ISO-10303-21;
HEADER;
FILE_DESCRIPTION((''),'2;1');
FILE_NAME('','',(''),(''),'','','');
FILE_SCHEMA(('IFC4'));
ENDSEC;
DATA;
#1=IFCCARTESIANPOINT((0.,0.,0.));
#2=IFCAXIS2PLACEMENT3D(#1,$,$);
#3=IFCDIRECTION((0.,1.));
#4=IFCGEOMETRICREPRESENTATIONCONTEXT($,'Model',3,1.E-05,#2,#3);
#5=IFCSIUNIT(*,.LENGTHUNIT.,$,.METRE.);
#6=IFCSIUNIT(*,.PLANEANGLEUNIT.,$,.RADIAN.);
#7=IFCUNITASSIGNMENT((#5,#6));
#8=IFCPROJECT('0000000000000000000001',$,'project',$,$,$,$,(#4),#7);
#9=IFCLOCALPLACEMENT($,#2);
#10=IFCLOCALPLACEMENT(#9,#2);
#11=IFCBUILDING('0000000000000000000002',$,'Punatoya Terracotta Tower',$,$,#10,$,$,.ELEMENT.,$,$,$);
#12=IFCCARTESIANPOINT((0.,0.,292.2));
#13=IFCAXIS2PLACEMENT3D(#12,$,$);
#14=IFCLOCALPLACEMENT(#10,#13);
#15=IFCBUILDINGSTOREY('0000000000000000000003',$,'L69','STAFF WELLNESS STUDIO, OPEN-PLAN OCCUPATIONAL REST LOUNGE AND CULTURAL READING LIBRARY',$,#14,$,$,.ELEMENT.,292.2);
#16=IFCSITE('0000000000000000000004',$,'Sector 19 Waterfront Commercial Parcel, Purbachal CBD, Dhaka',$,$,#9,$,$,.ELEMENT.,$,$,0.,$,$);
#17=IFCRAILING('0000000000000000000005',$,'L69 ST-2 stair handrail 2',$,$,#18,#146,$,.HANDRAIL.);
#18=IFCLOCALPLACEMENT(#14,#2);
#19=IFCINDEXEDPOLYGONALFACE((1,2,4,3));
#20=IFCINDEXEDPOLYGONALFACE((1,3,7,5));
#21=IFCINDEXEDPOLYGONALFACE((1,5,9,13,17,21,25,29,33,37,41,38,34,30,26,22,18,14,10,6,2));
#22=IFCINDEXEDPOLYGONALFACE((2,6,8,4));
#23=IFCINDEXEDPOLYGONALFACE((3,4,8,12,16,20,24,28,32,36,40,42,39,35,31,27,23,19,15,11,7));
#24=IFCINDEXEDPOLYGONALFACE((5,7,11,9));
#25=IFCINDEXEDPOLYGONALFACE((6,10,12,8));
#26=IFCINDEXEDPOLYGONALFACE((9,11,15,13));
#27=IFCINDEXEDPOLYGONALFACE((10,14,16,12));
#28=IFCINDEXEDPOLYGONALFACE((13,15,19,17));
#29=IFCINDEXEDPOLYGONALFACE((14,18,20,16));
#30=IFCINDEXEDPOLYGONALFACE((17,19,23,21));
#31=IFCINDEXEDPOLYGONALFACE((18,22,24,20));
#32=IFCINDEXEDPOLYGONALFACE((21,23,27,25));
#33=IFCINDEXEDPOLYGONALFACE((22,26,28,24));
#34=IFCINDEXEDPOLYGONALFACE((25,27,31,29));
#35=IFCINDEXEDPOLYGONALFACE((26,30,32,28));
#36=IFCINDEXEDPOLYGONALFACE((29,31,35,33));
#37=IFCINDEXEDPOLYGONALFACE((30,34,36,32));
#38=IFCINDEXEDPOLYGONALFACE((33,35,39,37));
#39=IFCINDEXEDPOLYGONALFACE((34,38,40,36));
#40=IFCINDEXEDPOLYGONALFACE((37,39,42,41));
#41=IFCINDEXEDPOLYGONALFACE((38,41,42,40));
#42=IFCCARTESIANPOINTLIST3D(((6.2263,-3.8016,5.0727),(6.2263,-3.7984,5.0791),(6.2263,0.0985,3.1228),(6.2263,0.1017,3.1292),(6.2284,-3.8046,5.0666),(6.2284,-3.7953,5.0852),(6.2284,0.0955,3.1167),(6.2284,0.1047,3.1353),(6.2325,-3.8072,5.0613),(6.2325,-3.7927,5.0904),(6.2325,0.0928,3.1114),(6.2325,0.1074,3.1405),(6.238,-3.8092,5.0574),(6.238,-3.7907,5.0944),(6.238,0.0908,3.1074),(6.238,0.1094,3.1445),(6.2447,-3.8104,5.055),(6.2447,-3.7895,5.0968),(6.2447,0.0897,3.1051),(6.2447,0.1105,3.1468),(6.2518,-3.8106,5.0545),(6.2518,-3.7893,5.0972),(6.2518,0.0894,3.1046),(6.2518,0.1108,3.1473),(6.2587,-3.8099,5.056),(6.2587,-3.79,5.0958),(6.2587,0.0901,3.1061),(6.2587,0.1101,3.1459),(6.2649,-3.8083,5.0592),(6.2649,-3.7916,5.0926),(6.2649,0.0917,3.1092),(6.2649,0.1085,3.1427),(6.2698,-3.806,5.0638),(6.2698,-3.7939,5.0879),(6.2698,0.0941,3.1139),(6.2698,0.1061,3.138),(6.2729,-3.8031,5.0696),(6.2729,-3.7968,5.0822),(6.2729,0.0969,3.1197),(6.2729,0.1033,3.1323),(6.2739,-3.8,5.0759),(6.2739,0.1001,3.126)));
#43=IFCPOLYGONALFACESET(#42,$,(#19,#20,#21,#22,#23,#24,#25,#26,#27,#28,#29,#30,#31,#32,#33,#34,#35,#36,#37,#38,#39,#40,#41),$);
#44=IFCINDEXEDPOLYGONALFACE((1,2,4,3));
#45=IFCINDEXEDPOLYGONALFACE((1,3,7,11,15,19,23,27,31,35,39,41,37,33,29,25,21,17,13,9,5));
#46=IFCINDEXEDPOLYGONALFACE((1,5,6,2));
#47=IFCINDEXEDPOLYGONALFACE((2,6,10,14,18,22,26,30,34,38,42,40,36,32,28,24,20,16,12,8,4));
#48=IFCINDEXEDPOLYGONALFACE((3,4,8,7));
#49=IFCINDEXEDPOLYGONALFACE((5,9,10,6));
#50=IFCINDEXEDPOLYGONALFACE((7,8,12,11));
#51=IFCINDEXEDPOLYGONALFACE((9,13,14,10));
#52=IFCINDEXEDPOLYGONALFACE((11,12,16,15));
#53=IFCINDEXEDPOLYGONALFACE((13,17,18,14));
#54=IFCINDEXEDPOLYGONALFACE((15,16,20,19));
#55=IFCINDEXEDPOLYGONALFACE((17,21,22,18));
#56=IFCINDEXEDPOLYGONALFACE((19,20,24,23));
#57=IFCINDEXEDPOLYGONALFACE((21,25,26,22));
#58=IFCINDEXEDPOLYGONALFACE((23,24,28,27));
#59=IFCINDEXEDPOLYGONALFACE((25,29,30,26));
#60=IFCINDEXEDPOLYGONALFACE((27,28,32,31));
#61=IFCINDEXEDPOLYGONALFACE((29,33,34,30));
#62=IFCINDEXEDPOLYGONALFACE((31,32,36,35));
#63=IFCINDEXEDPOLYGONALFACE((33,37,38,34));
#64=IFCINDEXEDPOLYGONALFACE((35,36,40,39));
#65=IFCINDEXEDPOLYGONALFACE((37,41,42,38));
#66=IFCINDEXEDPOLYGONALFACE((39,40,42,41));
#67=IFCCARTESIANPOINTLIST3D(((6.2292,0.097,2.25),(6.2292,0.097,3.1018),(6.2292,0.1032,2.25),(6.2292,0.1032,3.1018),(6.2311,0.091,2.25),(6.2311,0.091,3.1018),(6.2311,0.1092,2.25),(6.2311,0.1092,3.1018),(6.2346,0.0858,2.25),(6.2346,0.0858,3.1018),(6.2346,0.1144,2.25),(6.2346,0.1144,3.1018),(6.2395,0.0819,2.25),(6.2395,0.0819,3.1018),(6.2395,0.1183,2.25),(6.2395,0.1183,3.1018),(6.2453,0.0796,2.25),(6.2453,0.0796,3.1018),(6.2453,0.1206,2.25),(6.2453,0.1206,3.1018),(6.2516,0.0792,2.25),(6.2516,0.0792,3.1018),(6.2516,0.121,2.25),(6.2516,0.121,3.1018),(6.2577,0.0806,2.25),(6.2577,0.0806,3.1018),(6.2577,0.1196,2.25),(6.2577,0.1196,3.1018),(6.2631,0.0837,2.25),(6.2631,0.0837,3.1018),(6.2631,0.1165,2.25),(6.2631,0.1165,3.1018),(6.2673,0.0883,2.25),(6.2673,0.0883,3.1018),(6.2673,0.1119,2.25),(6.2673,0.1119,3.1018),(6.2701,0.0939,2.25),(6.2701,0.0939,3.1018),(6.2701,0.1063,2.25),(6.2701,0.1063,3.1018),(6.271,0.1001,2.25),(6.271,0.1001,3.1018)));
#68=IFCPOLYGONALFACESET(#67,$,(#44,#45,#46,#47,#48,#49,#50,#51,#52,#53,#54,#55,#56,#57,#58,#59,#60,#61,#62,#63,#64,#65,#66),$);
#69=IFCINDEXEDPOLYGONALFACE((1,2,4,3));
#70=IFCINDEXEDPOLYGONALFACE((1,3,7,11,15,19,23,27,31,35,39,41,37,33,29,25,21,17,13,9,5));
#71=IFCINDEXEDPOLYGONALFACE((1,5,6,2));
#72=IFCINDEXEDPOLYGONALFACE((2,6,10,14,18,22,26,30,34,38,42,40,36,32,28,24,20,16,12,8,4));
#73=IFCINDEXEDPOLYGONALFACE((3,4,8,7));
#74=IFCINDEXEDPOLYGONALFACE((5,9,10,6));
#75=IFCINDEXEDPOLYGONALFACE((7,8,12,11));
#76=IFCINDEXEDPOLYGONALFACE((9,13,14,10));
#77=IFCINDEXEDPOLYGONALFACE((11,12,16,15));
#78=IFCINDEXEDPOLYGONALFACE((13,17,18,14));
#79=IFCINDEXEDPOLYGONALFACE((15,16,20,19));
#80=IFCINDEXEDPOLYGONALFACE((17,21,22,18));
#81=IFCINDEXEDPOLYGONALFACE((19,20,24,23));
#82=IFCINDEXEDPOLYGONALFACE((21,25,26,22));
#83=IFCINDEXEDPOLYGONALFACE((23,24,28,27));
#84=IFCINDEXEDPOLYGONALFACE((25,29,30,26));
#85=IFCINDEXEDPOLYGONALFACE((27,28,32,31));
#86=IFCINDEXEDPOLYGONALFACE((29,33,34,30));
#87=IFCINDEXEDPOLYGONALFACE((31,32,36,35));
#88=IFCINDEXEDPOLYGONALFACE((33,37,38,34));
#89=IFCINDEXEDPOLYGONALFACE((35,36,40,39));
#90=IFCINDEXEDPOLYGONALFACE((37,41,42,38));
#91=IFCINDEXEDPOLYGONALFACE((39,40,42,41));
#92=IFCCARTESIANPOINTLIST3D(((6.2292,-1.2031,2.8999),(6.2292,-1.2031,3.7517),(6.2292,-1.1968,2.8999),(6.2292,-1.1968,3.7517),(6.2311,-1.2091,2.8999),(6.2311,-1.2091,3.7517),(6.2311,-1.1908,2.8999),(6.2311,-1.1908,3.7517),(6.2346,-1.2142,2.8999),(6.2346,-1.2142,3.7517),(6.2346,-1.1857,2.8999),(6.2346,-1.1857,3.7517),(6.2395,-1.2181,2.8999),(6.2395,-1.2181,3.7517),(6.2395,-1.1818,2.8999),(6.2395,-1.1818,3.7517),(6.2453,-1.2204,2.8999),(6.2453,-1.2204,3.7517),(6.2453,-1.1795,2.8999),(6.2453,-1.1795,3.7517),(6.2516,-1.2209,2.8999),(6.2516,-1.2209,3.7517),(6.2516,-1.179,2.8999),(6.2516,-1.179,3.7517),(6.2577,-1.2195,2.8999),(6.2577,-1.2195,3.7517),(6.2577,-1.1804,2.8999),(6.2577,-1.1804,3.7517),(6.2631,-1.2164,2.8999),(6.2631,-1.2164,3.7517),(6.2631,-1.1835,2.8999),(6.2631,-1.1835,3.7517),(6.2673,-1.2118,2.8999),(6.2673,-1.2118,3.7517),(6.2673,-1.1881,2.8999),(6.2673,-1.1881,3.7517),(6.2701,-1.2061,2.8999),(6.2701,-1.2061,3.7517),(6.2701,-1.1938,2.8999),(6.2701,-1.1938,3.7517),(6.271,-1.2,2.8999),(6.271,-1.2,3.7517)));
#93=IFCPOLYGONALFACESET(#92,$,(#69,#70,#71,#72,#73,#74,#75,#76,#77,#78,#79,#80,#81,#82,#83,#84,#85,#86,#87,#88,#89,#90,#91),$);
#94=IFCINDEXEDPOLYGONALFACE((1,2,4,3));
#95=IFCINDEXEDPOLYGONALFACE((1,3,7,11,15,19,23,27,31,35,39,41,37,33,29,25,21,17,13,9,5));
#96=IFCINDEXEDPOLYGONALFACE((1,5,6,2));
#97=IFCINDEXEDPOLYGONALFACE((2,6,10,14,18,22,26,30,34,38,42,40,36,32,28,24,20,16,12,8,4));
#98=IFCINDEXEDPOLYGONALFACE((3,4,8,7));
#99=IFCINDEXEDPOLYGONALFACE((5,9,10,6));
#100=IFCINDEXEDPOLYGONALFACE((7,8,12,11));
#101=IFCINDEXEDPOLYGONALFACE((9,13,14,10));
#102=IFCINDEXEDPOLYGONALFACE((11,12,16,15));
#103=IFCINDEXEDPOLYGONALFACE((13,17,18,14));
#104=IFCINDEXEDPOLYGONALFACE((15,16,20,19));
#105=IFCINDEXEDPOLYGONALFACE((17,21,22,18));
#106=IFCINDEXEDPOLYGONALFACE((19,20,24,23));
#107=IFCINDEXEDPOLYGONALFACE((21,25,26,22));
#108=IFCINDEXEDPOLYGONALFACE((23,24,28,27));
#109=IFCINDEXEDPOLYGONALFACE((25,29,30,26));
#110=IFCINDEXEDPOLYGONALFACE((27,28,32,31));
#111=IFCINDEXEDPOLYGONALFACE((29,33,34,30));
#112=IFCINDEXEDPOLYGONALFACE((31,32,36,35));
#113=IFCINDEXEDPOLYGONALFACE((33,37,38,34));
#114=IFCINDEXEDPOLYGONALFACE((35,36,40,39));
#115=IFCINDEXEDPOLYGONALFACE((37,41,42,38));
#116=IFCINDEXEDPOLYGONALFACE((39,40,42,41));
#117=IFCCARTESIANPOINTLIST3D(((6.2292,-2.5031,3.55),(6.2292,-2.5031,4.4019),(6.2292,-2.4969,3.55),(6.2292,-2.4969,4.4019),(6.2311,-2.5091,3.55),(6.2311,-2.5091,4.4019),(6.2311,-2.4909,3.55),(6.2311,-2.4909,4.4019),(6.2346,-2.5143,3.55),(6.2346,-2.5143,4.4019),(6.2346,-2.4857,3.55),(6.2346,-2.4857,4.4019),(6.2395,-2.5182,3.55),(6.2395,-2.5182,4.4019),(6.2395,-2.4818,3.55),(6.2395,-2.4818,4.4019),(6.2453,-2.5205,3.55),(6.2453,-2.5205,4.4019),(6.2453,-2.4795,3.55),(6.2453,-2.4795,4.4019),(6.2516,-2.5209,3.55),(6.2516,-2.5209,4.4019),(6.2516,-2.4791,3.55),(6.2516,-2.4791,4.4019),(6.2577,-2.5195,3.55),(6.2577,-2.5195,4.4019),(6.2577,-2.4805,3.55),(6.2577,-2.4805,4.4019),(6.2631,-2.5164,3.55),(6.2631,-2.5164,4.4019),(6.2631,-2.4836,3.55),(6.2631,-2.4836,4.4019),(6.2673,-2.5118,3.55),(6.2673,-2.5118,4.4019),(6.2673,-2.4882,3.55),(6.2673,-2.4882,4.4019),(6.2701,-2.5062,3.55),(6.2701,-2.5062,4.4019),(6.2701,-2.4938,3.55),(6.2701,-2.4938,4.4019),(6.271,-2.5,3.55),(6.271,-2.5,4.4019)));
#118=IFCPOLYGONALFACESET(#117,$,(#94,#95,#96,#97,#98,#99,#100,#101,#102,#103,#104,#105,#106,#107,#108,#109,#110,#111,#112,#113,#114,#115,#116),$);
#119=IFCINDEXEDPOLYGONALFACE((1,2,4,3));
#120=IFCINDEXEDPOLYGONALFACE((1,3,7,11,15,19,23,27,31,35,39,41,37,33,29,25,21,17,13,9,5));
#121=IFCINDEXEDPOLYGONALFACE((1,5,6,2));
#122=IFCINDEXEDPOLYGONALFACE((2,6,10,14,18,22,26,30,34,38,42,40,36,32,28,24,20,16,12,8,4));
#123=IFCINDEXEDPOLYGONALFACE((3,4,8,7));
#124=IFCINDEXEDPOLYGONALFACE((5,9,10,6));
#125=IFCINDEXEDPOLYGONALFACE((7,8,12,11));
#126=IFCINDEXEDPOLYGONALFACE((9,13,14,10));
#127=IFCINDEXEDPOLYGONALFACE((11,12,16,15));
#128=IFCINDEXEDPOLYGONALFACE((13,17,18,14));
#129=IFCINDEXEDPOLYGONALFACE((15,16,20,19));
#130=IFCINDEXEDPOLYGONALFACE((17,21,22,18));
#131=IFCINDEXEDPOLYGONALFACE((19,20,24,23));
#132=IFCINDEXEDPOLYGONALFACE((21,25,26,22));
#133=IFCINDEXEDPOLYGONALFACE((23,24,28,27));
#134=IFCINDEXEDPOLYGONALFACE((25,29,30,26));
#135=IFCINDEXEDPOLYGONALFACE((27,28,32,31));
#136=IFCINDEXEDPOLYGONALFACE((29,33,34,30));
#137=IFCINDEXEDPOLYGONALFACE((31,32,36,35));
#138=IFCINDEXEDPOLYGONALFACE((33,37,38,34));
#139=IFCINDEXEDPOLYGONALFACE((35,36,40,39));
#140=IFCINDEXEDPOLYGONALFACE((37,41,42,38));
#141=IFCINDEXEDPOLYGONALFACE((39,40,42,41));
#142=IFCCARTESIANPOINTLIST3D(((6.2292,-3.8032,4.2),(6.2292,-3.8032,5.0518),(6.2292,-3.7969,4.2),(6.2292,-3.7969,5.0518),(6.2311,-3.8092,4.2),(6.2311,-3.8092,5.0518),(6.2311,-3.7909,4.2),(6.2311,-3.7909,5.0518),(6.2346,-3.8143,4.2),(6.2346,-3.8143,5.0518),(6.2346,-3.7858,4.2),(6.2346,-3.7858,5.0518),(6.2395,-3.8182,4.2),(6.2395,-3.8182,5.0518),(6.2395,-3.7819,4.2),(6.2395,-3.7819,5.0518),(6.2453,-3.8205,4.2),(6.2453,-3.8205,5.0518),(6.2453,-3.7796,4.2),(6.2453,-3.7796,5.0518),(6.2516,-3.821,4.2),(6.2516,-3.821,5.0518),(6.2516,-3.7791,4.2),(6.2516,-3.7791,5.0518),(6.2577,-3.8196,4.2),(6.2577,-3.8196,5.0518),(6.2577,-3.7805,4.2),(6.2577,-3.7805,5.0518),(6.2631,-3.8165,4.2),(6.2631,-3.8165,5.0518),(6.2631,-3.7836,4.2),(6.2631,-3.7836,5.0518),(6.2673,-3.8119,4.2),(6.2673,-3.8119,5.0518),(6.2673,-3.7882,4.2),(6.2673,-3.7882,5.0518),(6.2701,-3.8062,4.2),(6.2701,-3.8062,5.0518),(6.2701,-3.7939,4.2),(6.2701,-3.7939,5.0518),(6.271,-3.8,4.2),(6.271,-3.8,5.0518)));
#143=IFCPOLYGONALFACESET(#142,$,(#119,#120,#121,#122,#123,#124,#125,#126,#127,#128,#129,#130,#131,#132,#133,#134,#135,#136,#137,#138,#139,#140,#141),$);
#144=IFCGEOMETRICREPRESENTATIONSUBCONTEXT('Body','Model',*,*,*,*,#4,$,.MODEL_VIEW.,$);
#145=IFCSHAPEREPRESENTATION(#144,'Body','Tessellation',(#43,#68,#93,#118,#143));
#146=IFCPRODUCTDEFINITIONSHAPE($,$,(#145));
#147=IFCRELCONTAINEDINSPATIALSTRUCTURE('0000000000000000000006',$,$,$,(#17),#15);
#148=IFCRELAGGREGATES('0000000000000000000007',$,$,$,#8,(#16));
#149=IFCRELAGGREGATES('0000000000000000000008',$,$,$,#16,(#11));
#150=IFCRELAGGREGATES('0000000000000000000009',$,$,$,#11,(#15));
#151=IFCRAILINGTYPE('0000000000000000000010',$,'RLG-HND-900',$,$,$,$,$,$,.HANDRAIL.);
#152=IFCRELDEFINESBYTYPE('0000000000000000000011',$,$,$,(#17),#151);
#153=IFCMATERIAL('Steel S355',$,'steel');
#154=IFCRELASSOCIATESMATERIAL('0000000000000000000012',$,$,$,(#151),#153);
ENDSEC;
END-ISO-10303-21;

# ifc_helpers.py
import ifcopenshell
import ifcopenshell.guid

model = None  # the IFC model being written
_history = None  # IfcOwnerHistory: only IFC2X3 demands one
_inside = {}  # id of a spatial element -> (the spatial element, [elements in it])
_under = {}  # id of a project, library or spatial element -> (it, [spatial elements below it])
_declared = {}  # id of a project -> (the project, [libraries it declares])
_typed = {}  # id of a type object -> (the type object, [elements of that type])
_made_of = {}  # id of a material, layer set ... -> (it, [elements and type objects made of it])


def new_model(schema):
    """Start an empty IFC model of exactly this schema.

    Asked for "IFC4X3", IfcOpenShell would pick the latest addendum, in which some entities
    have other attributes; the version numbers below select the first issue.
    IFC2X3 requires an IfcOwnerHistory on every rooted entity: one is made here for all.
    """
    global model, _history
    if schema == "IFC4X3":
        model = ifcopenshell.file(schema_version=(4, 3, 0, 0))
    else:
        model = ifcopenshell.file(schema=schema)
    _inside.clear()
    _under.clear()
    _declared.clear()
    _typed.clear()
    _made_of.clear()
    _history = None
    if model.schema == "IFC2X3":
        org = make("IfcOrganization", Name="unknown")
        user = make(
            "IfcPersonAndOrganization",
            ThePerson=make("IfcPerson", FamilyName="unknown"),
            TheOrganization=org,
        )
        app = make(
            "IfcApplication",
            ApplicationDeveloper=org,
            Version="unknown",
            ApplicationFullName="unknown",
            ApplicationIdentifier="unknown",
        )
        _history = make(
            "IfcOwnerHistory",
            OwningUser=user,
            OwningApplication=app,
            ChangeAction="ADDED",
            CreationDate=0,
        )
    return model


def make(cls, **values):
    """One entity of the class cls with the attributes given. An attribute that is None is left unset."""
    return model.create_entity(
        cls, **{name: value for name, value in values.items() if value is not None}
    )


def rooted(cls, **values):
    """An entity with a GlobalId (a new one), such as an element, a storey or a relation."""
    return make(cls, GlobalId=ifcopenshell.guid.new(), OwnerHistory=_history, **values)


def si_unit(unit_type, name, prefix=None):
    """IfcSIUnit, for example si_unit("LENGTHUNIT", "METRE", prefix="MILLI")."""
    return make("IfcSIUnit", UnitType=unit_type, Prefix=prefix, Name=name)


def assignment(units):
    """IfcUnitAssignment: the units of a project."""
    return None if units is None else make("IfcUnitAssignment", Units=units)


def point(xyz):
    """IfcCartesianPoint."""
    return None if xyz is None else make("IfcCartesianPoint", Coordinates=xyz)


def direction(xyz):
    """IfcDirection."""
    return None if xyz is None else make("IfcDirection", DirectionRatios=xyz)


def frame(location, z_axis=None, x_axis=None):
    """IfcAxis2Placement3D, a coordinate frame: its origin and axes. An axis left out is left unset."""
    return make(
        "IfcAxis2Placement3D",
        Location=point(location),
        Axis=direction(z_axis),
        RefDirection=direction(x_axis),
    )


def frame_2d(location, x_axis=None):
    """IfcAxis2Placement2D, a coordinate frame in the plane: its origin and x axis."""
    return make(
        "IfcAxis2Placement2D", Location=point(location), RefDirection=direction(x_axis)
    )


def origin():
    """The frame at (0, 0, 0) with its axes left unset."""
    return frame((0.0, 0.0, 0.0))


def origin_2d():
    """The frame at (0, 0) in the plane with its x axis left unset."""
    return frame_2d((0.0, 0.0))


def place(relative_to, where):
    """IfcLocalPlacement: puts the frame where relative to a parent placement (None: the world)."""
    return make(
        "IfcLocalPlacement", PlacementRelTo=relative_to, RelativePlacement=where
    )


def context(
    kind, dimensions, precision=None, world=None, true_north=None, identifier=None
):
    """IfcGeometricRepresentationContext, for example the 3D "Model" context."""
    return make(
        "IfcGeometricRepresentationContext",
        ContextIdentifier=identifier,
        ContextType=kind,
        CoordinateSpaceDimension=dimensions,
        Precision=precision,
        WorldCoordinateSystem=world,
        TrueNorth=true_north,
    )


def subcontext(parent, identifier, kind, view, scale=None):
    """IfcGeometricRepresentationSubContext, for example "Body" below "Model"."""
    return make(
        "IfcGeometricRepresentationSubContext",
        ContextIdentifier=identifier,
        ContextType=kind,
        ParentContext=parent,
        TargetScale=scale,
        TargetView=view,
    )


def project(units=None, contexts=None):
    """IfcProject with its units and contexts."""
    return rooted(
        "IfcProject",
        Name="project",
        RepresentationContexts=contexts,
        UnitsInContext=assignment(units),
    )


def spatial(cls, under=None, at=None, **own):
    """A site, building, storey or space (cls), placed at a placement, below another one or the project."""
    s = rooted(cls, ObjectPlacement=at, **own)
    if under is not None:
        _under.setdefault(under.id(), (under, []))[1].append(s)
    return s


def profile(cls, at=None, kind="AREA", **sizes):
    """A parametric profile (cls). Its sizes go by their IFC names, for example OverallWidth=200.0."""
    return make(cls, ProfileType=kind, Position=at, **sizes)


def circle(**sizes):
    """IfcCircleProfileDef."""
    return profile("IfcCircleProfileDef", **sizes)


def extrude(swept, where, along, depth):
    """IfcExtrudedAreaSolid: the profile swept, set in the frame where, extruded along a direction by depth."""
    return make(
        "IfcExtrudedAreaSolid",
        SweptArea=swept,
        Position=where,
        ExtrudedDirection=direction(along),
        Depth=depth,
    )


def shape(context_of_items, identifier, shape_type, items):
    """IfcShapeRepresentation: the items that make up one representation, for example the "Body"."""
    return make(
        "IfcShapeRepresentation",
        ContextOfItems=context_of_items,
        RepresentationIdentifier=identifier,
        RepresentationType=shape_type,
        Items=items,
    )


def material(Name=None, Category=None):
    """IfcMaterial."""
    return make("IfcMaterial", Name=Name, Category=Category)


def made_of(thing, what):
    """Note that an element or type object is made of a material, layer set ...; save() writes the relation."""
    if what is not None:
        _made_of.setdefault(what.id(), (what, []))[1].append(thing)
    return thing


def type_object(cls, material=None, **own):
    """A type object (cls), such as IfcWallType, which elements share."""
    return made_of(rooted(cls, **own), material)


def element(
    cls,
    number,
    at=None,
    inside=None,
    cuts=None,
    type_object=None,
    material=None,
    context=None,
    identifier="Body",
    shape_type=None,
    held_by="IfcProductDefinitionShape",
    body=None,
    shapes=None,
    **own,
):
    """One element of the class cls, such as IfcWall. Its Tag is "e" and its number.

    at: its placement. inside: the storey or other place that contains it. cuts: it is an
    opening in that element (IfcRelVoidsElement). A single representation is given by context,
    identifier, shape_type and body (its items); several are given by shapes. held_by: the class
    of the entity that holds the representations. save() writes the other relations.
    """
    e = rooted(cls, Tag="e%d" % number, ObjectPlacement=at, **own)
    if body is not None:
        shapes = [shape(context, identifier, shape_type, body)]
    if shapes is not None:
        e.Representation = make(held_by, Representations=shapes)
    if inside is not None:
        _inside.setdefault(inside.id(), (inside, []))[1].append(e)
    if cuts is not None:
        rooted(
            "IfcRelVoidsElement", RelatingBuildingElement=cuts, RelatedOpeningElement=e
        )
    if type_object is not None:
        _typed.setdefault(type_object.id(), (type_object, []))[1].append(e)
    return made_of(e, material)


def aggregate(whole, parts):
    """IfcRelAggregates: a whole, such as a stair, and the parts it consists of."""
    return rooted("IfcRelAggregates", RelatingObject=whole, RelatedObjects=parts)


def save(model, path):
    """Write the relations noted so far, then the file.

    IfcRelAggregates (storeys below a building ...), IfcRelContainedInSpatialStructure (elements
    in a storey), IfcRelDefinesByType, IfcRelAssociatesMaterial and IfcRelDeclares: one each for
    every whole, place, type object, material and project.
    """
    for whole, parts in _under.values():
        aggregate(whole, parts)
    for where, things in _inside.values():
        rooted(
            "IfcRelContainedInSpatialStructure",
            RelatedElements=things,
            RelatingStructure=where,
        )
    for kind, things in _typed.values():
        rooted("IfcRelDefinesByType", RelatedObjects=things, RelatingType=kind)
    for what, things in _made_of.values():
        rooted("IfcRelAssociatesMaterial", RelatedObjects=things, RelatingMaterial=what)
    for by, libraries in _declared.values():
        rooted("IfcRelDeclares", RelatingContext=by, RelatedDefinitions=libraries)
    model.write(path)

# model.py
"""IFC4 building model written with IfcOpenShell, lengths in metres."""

from ifc_helpers import new_model, si_unit, direction, frame, origin, origin_2d, place, context, subcontext, project, spatial, circle, extrude, material, type_object, element, save


model = new_model("IFC4")

# Units and contexts
model_context = context("Model", 3, precision=1e-05, world=origin(), true_north=direction((0.0, 1.0)))
body_context = subcontext(model_context, "Body", "Model", "MODEL_VIEW")
ifc_project = project(units=[si_unit("LENGTHUNIT", "METRE"), si_unit("PLANEANGLEUNIT", "RADIAN")], contexts=[model_context])

# Site, building, storey
site_placement = place(None, origin())
site = spatial("IfcSite", under=ifc_project, at=site_placement, Name="Sector 19 Waterfront Commercial Parcel, Purbachal CBD, Dhaka", CompositionType="ELEMENT", RefElevation=0.0)
building_placement = place(site_placement, origin())
building = spatial("IfcBuilding", under=site, at=building_placement, Name="Punatoya Terracotta Tower", CompositionType="ELEMENT")
storey_placement = place(building_placement, frame((0.0, 0.0, 292.2)))
storey = spatial("IfcBuildingStorey", under=building, at=storey_placement, Name="L69", Description="STAFF WELLNESS STUDIO, OPEN-PLAN OCCUPATIONAL REST LOUNGE AND CULTURAL READING LIBRARY", CompositionType="ELEMENT", Elevation=292.2)

# Shared definitions
ifc_material_1 = material(Name="Steel S355", Category="steel")

# Railing
railing_type_1 = type_object("IfcRailingType", Name="RLG-HND-900", PredefinedType="HANDRAIL", material=ifc_material_1)
railing_1_placement = place(storey_placement, frame((6.25, 0.1001, 2.25)))
element("IfcRailing", 1, at=railing_1_placement, inside=storey, type_object=railing_type_1, Name="L69 ST-2 stair handrail 2", PredefinedType="HANDRAIL", context=body_context, shape_type="SweptSolid", body=[
    extrude(circle(Radius=0.0239, at=origin_2d()), frame((0.0, 0.0, 0.876), z_axis=(0.0, -0.894438, 0.447191), x_axis=(1.0, 0.0, 0.0)), (0.0, 0.0, 1.0), 4.3604),
    extrude(circle(Radius=0.021, at=origin_2d()), origin(), (0.0, 0.0, 1.0), 0.8518),
    extrude(circle(Radius=0.021, at=origin_2d()), frame((0.0, -1.3, 0.6499)), (0.0, 0.0, 1.0), 0.8518),
    extrude(circle(Radius=0.021, at=origin_2d()), frame((0.0, -2.6001, 1.3)), (0.0, 0.0, 1.0), 0.8518),
    extrude(circle(Radius=0.021, at=origin_2d()), frame((0.0, -3.9001, 1.95)), (0.0, 0.0, 1.0), 0.8518),
])

save(model, "model.ifc")
